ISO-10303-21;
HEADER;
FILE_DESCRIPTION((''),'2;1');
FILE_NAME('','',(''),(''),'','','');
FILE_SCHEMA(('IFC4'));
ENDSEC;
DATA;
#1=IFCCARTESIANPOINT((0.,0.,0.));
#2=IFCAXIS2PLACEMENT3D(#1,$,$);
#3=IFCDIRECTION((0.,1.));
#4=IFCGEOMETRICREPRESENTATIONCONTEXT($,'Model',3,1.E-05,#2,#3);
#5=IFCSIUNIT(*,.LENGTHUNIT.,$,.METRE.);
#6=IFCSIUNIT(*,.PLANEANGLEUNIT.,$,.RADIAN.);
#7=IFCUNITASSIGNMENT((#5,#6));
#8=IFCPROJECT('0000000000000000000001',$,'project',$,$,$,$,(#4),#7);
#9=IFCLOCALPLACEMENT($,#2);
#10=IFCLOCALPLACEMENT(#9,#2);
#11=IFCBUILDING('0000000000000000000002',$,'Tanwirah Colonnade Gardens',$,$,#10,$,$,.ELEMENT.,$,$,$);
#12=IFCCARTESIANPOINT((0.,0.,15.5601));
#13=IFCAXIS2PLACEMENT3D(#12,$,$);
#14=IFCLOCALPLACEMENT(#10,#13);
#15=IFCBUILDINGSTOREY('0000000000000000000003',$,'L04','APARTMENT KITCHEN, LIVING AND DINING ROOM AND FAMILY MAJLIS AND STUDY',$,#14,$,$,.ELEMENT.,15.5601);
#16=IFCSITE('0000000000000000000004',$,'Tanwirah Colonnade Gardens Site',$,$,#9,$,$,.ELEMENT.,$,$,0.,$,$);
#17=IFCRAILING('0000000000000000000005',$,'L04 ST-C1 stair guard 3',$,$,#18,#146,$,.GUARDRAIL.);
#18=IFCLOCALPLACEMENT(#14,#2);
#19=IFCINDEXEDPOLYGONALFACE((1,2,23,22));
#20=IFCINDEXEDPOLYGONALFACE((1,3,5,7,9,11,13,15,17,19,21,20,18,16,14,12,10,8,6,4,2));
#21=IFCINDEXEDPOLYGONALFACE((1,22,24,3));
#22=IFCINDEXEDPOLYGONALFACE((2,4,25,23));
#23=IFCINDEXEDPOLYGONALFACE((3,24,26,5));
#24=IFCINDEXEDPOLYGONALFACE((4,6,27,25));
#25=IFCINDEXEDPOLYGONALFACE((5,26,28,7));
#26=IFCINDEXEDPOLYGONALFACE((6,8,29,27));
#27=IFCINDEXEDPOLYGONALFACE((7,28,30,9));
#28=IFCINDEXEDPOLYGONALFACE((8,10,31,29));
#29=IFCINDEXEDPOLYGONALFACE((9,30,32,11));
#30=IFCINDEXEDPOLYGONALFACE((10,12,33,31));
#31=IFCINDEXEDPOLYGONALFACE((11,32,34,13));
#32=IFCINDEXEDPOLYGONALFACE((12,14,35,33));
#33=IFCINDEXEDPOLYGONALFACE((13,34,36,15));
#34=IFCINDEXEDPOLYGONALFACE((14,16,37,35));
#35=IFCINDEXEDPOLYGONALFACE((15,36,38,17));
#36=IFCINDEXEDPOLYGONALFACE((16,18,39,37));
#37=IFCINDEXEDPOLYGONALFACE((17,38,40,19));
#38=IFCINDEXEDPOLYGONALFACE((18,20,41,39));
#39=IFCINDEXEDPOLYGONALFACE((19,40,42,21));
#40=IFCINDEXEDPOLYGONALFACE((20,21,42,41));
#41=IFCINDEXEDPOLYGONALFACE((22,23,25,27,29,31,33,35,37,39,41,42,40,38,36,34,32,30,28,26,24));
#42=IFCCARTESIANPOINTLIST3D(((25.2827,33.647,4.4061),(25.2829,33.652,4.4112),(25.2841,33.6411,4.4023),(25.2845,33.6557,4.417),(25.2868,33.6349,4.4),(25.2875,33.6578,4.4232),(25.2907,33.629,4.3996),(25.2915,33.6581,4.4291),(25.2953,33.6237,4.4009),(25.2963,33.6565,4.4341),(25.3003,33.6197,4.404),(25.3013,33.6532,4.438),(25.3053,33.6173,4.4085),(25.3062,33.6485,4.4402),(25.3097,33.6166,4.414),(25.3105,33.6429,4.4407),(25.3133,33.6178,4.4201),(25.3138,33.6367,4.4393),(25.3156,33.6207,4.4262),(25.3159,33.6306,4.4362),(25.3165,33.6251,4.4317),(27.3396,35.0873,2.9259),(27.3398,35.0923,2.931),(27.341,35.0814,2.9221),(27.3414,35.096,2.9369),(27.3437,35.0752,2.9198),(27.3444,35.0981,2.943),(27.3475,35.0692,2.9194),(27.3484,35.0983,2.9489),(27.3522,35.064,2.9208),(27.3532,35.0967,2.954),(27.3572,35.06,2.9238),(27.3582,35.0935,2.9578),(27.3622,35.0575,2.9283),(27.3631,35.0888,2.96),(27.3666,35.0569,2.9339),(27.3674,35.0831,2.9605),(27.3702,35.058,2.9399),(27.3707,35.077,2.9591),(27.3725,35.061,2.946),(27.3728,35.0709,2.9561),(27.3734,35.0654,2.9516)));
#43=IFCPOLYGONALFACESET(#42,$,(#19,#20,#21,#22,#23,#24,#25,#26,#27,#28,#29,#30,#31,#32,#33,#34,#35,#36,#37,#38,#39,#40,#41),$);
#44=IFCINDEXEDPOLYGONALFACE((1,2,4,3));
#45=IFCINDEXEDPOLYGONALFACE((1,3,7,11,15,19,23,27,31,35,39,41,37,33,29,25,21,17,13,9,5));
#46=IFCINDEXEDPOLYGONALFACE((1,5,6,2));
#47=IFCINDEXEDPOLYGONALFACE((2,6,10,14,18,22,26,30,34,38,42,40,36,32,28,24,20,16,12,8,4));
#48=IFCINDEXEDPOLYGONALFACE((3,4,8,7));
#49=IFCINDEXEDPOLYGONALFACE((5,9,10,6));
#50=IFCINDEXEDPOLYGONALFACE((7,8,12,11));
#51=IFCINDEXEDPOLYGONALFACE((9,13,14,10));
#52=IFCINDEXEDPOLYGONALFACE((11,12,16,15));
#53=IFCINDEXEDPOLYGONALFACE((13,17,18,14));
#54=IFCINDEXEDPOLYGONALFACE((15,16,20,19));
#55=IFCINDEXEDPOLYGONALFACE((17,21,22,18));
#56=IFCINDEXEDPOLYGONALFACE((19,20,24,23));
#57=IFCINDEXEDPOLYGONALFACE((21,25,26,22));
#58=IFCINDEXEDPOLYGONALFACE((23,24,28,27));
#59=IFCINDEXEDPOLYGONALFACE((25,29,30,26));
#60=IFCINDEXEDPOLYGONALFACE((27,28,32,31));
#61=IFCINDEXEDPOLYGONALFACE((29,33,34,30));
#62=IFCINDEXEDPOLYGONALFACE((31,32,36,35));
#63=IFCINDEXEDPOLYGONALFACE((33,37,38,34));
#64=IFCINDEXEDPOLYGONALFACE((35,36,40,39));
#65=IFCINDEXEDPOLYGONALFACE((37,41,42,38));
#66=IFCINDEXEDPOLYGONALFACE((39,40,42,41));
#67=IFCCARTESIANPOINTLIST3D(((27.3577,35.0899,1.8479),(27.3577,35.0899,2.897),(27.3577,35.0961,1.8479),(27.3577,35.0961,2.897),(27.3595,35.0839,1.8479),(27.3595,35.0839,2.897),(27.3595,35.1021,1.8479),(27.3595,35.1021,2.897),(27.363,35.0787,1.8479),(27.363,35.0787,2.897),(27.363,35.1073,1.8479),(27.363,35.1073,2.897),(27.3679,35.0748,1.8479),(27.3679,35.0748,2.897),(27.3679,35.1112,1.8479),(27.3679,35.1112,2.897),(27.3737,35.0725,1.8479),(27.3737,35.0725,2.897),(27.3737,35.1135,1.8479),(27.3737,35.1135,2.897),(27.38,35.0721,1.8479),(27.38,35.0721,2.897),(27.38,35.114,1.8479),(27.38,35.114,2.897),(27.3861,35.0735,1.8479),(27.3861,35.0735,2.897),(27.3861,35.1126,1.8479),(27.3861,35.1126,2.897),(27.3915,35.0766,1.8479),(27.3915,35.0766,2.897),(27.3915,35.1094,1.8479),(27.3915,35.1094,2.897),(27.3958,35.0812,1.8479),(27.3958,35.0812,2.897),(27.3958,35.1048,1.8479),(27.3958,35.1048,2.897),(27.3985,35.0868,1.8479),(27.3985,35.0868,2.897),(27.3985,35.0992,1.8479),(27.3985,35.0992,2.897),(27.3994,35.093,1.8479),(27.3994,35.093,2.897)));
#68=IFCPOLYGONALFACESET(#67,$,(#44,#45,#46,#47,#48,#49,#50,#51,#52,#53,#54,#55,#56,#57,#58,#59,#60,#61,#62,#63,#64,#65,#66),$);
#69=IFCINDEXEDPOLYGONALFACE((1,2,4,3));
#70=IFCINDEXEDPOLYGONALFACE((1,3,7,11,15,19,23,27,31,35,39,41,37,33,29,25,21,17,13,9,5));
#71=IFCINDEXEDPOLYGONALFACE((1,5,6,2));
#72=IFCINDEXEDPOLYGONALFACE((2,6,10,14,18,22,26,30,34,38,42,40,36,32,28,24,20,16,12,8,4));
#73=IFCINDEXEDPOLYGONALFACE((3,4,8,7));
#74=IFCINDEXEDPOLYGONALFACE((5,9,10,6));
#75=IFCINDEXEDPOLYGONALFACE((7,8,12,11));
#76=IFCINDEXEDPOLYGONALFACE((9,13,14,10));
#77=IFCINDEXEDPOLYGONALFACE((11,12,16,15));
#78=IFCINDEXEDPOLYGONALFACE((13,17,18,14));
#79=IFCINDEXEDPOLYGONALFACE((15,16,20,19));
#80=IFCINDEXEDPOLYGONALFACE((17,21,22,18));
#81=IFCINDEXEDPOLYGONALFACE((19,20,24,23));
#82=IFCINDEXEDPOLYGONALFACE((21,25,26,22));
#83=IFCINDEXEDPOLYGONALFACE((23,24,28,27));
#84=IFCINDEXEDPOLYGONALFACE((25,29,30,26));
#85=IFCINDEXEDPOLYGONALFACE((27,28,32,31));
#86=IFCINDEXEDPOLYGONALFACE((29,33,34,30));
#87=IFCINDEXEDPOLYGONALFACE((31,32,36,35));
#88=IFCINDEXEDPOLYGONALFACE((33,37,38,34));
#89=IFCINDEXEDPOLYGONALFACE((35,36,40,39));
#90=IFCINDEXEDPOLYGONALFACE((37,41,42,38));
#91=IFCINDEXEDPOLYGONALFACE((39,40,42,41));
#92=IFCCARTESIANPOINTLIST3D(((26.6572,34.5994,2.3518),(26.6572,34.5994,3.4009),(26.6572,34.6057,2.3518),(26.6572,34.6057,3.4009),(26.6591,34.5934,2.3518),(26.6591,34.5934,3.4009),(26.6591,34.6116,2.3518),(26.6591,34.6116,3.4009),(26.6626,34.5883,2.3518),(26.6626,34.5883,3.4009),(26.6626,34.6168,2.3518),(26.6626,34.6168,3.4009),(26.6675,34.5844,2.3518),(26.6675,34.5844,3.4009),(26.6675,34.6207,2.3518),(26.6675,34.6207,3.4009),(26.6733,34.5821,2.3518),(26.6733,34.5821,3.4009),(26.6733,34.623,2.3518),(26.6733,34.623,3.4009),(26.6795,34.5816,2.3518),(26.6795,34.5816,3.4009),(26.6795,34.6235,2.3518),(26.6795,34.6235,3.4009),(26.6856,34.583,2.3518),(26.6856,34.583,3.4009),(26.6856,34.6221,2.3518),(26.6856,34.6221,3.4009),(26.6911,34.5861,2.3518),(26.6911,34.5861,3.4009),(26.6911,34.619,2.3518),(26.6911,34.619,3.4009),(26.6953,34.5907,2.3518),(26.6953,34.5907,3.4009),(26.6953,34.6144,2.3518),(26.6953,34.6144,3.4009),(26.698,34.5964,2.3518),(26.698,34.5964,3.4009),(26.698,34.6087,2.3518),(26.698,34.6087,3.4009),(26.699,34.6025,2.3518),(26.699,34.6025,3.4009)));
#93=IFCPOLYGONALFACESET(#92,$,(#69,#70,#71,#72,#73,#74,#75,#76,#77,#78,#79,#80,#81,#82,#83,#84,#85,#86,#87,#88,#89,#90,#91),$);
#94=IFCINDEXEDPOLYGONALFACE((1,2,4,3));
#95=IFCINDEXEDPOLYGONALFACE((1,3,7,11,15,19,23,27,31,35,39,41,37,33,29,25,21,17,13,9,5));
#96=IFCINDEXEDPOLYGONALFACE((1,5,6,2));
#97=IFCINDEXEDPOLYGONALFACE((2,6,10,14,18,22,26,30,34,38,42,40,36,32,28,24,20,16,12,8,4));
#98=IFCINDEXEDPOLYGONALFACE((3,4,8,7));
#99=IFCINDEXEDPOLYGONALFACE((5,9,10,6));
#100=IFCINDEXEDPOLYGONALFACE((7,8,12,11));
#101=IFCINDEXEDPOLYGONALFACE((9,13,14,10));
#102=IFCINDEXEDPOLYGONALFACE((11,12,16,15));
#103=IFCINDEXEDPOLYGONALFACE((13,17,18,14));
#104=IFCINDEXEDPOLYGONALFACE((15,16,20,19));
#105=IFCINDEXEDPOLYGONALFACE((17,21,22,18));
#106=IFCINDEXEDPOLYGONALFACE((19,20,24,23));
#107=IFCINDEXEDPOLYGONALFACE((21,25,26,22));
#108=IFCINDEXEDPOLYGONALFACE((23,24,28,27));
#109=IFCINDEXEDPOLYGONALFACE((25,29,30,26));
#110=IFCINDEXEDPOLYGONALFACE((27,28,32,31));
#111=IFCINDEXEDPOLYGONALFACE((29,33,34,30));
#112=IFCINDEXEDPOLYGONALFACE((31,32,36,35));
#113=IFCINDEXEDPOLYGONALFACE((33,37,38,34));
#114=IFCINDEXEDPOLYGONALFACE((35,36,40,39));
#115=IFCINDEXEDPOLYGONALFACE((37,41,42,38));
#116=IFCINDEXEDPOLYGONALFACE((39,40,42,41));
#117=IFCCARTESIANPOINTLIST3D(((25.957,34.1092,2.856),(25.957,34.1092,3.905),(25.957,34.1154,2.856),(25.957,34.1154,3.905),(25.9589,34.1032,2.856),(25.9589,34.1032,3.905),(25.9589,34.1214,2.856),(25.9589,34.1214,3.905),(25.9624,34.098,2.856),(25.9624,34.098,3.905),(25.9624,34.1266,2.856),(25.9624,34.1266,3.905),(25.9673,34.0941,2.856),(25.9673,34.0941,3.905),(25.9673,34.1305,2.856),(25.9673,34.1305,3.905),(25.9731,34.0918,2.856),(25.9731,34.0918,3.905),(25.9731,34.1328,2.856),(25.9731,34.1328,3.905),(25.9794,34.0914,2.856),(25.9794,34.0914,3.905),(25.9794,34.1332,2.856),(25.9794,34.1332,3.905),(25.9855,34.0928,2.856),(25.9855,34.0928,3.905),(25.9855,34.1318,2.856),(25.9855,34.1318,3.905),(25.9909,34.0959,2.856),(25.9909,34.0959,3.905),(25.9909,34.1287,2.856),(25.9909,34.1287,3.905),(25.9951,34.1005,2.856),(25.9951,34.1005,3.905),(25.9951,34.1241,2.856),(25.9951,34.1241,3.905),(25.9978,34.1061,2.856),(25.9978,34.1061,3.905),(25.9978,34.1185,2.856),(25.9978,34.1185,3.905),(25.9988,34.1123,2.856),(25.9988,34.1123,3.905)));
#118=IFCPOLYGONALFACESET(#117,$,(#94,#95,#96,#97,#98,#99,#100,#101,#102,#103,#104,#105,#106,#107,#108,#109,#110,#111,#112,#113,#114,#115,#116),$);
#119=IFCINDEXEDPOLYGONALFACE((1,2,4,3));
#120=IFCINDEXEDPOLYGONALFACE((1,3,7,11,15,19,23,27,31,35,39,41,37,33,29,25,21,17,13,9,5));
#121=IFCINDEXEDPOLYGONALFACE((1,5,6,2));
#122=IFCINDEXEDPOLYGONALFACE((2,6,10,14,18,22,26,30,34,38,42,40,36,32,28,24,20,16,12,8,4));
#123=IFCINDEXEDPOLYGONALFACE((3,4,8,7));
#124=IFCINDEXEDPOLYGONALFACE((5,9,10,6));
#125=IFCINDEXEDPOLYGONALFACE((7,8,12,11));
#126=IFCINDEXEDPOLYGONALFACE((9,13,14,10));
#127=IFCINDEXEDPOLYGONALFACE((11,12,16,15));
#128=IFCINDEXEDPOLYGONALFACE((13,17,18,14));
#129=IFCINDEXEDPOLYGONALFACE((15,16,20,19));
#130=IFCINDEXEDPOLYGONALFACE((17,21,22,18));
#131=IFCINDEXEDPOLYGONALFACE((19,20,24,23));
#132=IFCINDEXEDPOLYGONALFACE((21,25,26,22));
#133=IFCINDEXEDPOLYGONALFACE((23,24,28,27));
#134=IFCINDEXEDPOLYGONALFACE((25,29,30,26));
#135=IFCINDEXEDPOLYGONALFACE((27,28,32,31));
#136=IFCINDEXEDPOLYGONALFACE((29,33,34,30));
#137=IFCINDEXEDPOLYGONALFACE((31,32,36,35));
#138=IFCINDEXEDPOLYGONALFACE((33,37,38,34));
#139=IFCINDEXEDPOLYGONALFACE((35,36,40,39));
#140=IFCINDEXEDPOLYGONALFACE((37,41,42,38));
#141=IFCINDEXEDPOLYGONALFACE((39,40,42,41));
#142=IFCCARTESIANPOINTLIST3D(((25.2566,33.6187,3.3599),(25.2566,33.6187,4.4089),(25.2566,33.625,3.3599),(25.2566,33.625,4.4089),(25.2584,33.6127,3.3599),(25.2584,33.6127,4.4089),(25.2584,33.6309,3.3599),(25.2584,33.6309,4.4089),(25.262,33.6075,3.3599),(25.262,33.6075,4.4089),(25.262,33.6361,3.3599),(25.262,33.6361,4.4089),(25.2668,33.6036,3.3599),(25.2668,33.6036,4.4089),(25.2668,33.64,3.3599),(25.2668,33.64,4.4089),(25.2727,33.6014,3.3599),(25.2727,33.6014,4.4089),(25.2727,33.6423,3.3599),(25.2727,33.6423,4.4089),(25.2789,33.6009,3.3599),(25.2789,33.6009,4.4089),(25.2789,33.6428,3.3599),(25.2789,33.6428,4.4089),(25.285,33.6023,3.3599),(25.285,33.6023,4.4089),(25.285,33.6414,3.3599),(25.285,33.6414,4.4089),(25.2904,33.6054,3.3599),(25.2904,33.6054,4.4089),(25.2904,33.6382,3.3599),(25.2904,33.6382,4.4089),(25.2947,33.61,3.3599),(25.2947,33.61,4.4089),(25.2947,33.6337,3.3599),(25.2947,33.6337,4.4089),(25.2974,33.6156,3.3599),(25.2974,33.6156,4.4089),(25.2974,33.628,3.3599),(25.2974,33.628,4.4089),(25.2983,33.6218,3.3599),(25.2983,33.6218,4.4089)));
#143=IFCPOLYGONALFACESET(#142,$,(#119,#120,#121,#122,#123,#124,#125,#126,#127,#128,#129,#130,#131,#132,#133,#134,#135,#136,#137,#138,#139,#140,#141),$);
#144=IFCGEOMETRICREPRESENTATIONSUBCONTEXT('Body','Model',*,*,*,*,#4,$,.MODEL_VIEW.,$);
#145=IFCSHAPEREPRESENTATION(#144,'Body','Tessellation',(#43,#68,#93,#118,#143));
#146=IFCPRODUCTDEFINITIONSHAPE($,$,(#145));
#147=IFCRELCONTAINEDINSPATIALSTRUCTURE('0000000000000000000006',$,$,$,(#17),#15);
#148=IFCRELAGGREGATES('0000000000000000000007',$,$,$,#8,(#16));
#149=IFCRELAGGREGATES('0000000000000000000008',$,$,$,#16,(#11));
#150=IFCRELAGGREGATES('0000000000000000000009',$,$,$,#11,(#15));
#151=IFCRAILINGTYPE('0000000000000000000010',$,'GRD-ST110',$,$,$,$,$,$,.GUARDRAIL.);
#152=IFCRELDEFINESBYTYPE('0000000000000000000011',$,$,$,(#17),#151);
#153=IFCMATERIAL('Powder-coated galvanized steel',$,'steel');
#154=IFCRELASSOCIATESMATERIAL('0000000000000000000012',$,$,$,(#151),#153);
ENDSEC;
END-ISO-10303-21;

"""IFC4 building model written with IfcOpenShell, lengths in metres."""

from ifc_helpers import new_model, si_unit, direction, frame, origin, origin_2d, place, context, subcontext, project, spatial, circle, extrude, material, type_object, element, save


model = new_model("IFC4")

# Units and contexts
model_context = context("Model", 3, precision=1e-05, world=origin(), true_north=direction((0.0, 1.0)))
body_context = subcontext(model_context, "Body", "Model", "MODEL_VIEW")
ifc_project = project(units=[si_unit("LENGTHUNIT", "METRE"), si_unit("PLANEANGLEUNIT", "RADIAN")], contexts=[model_context])

# Site, building, storey
site_placement = place(None, origin())
site = spatial("IfcSite", under=ifc_project, at=site_placement, Name="Tanwirah Colonnade Gardens Site", CompositionType="ELEMENT", RefElevation=0.0)
building_placement = place(site_placement, origin())
building = spatial("IfcBuilding", under=site, at=building_placement, Name="Tanwirah Colonnade Gardens", CompositionType="ELEMENT")
storey_placement = place(building_placement, frame((0.0, 0.0, 15.5601)))
storey = spatial("IfcBuildingStorey", under=building, at=storey_placement, Name="L04", Description="APARTMENT KITCHEN, LIVING AND DINING ROOM AND FAMILY MAJLIS AND STUDY", CompositionType="ELEMENT", Elevation=15.5601)

# Railing
ifc_material_1 = material(Name="Powder-coated galvanized steel", Category="steel")
railing_type_1 = type_object("IfcRailingType", Name="GRD-ST110", PredefinedType="GUARDRAIL", material=ifc_material_1)
railing_1_placement = place(storey_placement, frame((27.3784, 35.093, 1.8479)))
element("IfcRailing", 1, at=railing_1_placement, inside=storey, type_object=railing_type_1, Name="L04 ST-C1 stair guard 3", PredefinedType="GUARDRAIL", context=body_context, shape_type="SweptSolid", body=[
    extrude(circle(Radius=0.0239, at=origin_2d()), frame((-0.022, -0.0154, 1.092), z_axis=(-0.705673, -0.494118, 0.507812), x_axis=(0.573577, -0.819151, 0.0)), (0.0, 0.0, 1.0), 2.9148),
    extrude(circle(Radius=0.021, at=origin_2d()), origin(), (0.0, 0.0, 1.0), 1.0491),
    extrude(circle(Radius=0.021, at=origin_2d()), frame((-0.7004, -0.4905, 0.5039)), (0.0, 0.0, 1.0), 1.0491),
    extrude(circle(Radius=0.021, at=origin_2d()), frame((-1.4006, -0.9807, 1.0081)), (0.0, 0.0, 1.0), 1.0491),
    extrude(circle(Radius=0.021, at=origin_2d()), frame((-2.1011, -1.4712, 1.512)), (0.0, 0.0, 1.0), 1.0491),
])

save(model, "model.ifc")
